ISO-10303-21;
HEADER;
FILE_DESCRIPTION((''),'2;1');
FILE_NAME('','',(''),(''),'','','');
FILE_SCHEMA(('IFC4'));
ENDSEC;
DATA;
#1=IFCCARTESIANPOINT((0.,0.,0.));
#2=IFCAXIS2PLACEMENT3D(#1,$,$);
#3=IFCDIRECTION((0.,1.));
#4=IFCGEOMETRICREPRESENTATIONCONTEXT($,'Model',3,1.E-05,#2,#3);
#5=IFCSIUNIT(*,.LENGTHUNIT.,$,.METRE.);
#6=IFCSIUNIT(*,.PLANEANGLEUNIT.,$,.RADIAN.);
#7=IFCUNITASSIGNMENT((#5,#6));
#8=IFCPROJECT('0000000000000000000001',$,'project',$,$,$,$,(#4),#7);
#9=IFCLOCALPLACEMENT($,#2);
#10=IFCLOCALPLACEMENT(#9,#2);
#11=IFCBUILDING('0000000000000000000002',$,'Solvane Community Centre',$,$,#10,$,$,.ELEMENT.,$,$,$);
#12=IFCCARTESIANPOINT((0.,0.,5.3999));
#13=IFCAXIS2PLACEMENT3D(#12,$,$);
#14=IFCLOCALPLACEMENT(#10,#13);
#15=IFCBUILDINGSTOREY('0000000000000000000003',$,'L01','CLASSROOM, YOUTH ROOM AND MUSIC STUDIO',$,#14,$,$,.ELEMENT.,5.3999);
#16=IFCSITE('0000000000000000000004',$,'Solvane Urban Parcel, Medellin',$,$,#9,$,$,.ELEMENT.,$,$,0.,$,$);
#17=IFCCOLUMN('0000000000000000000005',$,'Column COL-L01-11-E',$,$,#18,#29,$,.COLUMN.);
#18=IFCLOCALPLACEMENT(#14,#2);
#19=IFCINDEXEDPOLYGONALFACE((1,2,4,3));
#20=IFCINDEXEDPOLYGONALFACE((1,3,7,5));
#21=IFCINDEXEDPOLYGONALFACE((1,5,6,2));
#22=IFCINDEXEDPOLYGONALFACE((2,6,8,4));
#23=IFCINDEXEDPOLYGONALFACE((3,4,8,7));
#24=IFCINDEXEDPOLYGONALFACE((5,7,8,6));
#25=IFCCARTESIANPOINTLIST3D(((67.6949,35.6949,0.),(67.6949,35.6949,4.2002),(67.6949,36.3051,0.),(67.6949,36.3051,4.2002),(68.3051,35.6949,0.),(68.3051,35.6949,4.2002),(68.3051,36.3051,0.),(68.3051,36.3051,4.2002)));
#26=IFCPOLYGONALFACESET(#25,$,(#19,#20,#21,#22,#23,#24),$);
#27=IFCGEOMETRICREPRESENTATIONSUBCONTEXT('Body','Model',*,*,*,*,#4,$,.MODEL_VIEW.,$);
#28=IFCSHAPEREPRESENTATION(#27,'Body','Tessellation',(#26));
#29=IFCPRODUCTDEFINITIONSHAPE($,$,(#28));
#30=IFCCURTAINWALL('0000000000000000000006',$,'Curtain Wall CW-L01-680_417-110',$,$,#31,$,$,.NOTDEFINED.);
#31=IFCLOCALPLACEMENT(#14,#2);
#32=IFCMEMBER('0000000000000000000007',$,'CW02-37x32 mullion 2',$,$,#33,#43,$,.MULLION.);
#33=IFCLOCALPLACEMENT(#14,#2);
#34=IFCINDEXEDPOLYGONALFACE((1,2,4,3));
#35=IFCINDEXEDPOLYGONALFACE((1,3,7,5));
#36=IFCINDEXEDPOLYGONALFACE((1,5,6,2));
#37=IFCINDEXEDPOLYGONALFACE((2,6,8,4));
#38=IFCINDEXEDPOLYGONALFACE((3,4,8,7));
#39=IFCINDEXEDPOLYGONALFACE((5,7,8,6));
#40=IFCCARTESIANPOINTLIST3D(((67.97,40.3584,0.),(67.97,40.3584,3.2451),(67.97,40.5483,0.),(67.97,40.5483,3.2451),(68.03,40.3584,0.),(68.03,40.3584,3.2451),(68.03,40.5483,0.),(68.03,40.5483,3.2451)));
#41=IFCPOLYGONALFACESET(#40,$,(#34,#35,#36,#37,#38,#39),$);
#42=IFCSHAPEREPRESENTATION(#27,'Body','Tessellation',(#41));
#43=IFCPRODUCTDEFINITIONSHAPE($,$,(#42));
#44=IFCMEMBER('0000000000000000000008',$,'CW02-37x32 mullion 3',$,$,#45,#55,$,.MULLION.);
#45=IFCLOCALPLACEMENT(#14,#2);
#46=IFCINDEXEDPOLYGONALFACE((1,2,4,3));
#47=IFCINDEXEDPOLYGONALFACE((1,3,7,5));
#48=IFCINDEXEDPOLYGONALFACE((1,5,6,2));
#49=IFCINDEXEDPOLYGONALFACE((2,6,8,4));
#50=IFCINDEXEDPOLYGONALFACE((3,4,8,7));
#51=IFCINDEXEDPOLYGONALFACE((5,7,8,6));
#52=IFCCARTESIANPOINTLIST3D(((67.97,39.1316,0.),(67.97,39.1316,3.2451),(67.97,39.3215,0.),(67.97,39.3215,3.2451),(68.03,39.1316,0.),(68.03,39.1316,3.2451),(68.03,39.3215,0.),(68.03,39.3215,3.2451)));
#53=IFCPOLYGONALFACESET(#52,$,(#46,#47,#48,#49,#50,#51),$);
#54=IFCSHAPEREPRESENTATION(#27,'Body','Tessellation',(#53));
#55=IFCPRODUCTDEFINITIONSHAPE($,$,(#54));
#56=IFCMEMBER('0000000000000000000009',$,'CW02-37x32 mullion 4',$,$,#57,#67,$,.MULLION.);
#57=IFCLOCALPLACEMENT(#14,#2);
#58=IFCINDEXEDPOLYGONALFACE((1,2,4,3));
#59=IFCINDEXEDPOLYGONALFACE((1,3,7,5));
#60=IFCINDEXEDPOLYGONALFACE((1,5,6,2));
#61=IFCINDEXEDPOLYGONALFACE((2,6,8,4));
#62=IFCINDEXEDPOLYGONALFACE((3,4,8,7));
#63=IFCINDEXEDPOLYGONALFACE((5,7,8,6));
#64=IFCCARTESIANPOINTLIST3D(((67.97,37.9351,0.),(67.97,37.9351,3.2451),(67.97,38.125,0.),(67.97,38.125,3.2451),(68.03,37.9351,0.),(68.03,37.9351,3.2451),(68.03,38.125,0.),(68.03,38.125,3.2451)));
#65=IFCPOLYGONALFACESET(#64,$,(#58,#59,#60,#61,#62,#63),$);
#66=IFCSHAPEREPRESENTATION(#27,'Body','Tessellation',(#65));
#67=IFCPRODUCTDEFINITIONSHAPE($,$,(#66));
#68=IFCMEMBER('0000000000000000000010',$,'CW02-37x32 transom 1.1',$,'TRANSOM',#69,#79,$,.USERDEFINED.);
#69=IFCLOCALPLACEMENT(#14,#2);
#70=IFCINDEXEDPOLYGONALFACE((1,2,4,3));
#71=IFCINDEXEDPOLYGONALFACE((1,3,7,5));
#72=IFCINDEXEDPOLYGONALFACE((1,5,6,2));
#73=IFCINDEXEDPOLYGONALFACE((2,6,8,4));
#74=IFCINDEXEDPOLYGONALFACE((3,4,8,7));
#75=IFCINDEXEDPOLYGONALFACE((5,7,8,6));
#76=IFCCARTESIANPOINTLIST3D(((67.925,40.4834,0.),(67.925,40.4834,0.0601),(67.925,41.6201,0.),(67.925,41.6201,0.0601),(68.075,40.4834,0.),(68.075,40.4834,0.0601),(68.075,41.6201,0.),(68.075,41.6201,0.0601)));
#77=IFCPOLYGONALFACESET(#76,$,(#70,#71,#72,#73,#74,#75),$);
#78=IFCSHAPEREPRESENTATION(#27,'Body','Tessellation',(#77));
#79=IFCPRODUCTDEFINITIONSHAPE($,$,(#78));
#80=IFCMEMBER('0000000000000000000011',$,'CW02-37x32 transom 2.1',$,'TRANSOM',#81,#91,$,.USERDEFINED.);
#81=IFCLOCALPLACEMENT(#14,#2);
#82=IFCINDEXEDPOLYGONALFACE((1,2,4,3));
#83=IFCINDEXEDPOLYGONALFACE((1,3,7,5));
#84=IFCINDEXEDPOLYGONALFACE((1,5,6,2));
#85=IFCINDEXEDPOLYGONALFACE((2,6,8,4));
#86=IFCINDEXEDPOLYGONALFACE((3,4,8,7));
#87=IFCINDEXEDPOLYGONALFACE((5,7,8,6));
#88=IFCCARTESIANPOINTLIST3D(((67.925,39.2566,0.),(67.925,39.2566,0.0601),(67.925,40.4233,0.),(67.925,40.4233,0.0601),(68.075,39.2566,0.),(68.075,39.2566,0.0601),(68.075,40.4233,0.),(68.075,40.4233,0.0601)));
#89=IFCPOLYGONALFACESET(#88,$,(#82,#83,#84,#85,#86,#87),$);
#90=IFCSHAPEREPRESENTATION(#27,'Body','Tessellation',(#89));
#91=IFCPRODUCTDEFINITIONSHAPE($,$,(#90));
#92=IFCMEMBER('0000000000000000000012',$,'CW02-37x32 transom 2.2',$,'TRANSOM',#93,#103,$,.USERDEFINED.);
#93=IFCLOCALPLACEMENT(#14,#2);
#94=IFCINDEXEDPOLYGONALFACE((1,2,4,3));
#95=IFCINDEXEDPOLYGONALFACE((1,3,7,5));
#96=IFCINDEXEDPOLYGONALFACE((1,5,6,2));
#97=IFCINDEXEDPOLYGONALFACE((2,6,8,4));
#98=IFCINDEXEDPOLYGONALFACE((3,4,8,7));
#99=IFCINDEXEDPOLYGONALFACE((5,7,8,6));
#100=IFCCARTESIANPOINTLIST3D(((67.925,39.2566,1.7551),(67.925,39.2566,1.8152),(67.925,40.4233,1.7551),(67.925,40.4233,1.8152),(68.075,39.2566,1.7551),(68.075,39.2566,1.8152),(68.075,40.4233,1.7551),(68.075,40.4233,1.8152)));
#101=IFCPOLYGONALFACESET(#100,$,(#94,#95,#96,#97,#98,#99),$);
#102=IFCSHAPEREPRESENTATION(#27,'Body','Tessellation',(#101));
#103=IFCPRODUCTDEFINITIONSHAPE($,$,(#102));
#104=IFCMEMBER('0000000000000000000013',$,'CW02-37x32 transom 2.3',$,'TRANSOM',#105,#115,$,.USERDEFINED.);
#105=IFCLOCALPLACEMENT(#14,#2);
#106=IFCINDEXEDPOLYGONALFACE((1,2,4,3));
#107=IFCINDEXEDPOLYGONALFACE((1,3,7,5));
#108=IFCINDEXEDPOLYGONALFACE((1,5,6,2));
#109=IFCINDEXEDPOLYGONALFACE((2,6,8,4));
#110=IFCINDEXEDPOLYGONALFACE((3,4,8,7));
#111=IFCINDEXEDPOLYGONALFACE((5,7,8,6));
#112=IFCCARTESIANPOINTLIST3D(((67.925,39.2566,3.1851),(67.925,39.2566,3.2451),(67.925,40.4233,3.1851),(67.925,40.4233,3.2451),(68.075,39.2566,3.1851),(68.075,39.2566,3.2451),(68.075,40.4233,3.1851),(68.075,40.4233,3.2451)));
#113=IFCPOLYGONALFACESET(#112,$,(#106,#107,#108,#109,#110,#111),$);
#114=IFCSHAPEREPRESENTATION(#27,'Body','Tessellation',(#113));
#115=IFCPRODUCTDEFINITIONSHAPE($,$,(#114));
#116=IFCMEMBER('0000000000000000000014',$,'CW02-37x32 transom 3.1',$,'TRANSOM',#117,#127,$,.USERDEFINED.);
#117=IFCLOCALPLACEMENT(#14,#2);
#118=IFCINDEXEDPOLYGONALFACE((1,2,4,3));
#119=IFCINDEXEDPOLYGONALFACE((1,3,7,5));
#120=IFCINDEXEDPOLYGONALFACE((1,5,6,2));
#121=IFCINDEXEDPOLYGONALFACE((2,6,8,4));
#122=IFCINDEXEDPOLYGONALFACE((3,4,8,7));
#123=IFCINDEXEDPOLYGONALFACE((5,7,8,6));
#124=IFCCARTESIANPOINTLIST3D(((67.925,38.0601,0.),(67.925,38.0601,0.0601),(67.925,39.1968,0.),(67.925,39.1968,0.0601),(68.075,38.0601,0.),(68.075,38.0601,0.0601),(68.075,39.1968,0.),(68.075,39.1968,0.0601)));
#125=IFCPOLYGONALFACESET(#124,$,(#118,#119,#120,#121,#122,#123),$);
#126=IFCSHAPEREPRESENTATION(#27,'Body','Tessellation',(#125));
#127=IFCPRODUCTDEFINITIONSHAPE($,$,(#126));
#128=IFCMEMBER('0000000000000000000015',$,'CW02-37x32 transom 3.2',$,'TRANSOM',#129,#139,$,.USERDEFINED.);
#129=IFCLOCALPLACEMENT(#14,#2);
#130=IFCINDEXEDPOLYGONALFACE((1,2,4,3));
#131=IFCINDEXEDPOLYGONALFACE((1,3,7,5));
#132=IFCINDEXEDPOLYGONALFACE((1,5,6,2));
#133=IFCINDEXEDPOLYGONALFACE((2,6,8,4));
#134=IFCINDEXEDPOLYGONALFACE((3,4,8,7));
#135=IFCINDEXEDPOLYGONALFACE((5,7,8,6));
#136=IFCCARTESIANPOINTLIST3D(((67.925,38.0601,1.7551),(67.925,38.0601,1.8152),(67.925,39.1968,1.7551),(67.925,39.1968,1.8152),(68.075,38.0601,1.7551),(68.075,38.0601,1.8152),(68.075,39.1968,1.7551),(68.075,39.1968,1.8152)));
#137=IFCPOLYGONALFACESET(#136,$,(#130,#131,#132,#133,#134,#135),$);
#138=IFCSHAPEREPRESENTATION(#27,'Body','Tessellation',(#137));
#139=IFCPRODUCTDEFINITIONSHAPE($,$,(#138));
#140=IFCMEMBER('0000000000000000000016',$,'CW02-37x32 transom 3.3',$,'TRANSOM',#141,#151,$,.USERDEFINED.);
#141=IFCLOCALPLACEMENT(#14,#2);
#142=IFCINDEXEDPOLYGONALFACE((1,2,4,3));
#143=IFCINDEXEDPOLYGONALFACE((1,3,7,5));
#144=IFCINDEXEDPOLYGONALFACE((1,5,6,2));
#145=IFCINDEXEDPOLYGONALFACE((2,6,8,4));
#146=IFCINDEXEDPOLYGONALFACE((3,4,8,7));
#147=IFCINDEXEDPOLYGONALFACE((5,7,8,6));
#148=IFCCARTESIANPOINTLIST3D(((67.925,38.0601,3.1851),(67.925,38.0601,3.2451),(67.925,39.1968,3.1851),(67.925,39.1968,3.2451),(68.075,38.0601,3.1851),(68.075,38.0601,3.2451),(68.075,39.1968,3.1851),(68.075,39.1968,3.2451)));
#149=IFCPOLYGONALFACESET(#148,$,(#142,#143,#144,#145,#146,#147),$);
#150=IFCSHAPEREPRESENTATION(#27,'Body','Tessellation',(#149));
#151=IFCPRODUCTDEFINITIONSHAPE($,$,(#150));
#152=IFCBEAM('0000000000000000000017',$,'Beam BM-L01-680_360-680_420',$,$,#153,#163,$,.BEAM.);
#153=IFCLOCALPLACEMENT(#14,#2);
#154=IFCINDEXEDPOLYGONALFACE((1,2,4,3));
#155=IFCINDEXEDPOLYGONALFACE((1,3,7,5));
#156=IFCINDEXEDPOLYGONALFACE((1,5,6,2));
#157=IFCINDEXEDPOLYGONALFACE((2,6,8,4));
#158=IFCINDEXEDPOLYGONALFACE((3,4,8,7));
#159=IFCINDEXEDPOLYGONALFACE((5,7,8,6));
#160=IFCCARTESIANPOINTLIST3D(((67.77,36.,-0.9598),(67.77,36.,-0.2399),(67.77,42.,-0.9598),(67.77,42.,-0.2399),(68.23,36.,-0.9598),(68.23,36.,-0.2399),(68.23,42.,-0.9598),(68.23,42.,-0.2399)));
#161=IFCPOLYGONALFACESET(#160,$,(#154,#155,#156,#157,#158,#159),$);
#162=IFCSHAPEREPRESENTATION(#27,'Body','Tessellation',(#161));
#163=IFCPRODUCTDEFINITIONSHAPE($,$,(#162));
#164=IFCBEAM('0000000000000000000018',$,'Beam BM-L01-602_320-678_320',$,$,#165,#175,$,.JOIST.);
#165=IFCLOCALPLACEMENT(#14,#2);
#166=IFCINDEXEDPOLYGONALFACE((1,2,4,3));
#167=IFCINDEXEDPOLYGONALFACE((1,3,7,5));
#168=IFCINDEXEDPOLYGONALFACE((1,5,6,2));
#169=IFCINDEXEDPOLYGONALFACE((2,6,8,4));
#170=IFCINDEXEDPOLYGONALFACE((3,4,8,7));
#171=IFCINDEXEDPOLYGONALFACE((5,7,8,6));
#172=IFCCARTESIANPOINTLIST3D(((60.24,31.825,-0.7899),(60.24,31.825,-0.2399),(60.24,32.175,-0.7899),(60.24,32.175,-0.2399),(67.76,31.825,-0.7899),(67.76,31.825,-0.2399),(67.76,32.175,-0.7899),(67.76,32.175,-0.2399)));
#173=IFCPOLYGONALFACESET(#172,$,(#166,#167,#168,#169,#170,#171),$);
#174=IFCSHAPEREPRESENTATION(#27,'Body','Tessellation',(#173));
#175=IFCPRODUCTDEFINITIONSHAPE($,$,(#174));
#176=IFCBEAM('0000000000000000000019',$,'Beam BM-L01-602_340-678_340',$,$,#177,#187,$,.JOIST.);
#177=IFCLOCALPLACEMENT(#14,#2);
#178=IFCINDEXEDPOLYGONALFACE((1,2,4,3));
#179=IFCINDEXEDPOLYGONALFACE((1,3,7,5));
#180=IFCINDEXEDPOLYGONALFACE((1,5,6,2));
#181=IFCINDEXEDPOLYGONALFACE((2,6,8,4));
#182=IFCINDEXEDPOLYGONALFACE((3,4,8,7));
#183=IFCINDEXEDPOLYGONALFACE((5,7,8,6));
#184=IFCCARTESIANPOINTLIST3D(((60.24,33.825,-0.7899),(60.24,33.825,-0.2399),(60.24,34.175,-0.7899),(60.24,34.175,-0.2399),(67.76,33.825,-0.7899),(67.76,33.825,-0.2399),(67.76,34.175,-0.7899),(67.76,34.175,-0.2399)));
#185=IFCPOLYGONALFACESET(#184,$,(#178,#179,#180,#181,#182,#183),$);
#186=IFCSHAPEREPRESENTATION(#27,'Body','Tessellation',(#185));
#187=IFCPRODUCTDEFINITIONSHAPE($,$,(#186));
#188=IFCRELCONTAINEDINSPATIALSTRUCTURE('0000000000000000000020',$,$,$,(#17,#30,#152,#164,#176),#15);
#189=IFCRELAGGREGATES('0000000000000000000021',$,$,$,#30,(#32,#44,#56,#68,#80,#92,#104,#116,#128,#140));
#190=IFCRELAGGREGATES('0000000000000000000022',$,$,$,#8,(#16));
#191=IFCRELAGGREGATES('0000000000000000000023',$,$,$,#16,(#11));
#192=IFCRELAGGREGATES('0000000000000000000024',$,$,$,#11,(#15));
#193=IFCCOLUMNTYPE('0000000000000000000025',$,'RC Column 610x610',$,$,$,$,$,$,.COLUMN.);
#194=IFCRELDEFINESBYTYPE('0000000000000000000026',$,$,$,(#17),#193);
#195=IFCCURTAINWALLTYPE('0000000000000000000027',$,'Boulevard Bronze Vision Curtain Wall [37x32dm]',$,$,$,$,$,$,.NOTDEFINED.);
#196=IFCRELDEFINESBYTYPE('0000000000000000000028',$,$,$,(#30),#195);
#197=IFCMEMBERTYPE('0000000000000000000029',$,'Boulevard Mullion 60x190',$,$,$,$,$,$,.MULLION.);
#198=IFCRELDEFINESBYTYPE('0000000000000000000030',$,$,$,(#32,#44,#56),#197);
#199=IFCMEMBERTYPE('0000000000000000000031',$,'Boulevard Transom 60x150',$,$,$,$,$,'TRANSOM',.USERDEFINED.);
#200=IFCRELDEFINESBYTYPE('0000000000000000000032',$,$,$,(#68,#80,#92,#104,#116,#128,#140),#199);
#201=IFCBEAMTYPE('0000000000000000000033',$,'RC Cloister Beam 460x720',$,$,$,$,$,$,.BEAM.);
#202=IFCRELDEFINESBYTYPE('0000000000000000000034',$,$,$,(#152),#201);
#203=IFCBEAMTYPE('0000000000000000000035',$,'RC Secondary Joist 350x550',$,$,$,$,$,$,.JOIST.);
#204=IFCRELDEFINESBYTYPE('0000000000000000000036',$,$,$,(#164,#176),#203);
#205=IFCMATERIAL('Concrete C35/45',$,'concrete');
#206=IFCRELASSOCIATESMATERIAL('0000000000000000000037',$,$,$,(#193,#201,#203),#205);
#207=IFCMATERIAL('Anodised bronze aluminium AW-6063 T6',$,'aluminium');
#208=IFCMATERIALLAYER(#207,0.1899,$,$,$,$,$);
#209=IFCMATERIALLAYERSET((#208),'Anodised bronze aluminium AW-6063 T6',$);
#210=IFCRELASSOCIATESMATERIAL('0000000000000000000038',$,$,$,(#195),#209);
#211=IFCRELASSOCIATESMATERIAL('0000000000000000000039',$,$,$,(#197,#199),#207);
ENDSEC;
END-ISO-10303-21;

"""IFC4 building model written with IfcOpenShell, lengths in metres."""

from ifc_helpers import new_model, si_unit, direction, frame, origin, origin_2d, place, context, subcontext, project, spatial, rectangle, extrude, material, layer, layer_set, material_profile, profile_set, type_object, element, aggregate, save


model = new_model("IFC4")

# Units and contexts
model_context = context("Model", 3, precision=1e-05, world=origin(), true_north=direction((0.0, 1.0)))
body_context = subcontext(model_context, "Body", "Model", "MODEL_VIEW")
ifc_project = project(units=[si_unit("LENGTHUNIT", "METRE"), si_unit("PLANEANGLEUNIT", "RADIAN")], contexts=[model_context])

# Site, building, storey
site_placement = place(None, origin())
site = spatial("IfcSite", under=ifc_project, at=site_placement, Name="Solvane Urban Parcel, Medellin", CompositionType="ELEMENT", RefElevation=0.0)
building_placement = place(site_placement, origin())
building = spatial("IfcBuilding", under=site, at=building_placement, Name="Solvane Community Centre", CompositionType="ELEMENT")
storey_placement = place(building_placement, frame((0.0, 0.0, 5.3999)))
storey = spatial("IfcBuildingStorey", under=building, at=storey_placement, Name="L01", Description="CLASSROOM, YOUTH ROOM AND MUSIC STUDIO", CompositionType="ELEMENT", Elevation=5.3999)

# Column
ifc_material_1 = material(Name="Concrete C35/45", Category="concrete")
ifc_material_profile_1 = material_profile(ifc_material_1, rectangle(XDim=0.6101, YDim=0.6101, at=origin_2d()), Name="RC 610x610")
ifc_profile_set_1 = profile_set([ifc_material_profile_1], Name="Concrete C35/45")
column_type = type_object("IfcColumnType", Name="RC Column 610x610", PredefinedType="COLUMN", material=ifc_profile_set_1)
column_placement = place(storey_placement, frame((68.0, 36.0, 0.0), z_axis=(0.0, 0.0, 1.0), x_axis=(1.0, 0.0, 0.0)))
element("IfcColumn", 1, at=column_placement, inside=storey, type_object=column_type, Name="Column COL-L01-11-E", PredefinedType="COLUMN", context=body_context, shape_type="SweptSolid", body=[
    extrude(rectangle(XDim=0.6101, YDim=0.6101, at=origin_2d()), origin(), (0.0, 0.0, 1.0), 4.2002),
])

# Curtain wall, members
ifc_material_2 = material(Name="Anodised bronze aluminium AW-6063 T6", Category="aluminium")
ifc_layer_1 = layer(ifc_material_2, 0.1899)
ifc_layer_set_1 = layer_set([ifc_layer_1], Name="Anodised bronze aluminium AW-6063 T6")
curtain_wall_type = type_object("IfcCurtainWallType", Name="Boulevard Bronze Vision Curtain Wall [37x32dm]", PredefinedType="NOTDEFINED", material=ifc_layer_set_1)
curtain_wall_placement = place(storey_placement, origin())
curtain_wall = element("IfcCurtainWall", 2, at=curtain_wall_placement, inside=storey, type_object=curtain_wall_type, Name="Curtain Wall CW-L01-680_417-110", PredefinedType="NOTDEFINED")
ifc_material_profile_2 = material_profile(ifc_material_2, rectangle(XDim=0.0601, YDim=0.1899, at=origin_2d()), Name="CW-M 60x190")
ifc_profile_set_2 = profile_set([ifc_material_profile_2], Name="Anodised bronze aluminium AW-6063 T6")
member_type_1 = type_object("IfcMemberType", Name="Boulevard Mullion 60x190", PredefinedType="MULLION", material=ifc_profile_set_2)
member_1_placement = place(storey_placement, frame((68.0, 40.4534, 0.0), z_axis=(0.0, 0.0, 1.0), x_axis=(1.0, 0.0, 0.0)))
member_1 = element("IfcMember", 3, at=member_1_placement, type_object=member_type_1, Name="CW02-37x32 mullion 2", PredefinedType="MULLION", context=body_context, shape_type="SweptSolid", body=[
    extrude(rectangle(XDim=0.0601, YDim=0.1899, at=origin_2d()), origin(), (0.0, 0.0, 1.0), 3.2451),
])
member_2_placement = place(storey_placement, frame((68.0, 39.2266, 0.0), z_axis=(0.0, 0.0, 1.0), x_axis=(1.0, 0.0, 0.0)))
member_2 = element("IfcMember", 4, at=member_2_placement, type_object=member_type_1, Name="CW02-37x32 mullion 3", PredefinedType="MULLION", context=body_context, shape_type="SweptSolid", body=[
    extrude(rectangle(XDim=0.0601, YDim=0.1899, at=origin_2d()), origin(), (0.0, 0.0, 1.0), 3.2451),
])
member_3_placement = place(storey_placement, frame((68.0, 38.03, 0.0), z_axis=(0.0, 0.0, 1.0), x_axis=(1.0, 0.0, 0.0)))
member_3 = element("IfcMember", 5, at=member_3_placement, type_object=member_type_1, Name="CW02-37x32 mullion 4", PredefinedType="MULLION", context=body_context, shape_type="SweptSolid", body=[
    extrude(rectangle(XDim=0.0601, YDim=0.1899, at=origin_2d()), origin(), (0.0, 0.0, 1.0), 3.2451),
])
ifc_material_profile_3 = material_profile(ifc_material_2, rectangle(XDim=0.1499, YDim=0.0601, at=origin_2d()), Name="CW-T 60x150")
ifc_profile_set_3 = profile_set([ifc_material_profile_3], Name="Anodised bronze aluminium AW-6063 T6")
member_type_2 = type_object("IfcMemberType", Name="Boulevard Transom 60x150", ElementType="TRANSOM", PredefinedType="USERDEFINED", material=ifc_profile_set_3)
member_4_placement = place(storey_placement, frame((68.0, 41.6201, 0.03), z_axis=(0.0, -1.0, 0.0), x_axis=(1.0, 0.0, 0.0)))
member_4 = element("IfcMember", 6, at=member_4_placement, type_object=member_type_2, Name="CW02-37x32 transom 1.1", ObjectType="TRANSOM", PredefinedType="USERDEFINED", context=body_context, shape_type="SweptSolid", body=[
    extrude(rectangle(XDim=0.1499, YDim=0.0601, at=origin_2d()), origin(), (0.0, 0.0, 1.0), 1.1367),
])
member_5_placement = place(storey_placement, frame((68.0, 40.4233, 0.03), z_axis=(0.0, -1.0, 0.0), x_axis=(1.0, 0.0, 0.0)))
member_5 = element("IfcMember", 7, at=member_5_placement, type_object=member_type_2, Name="CW02-37x32 transom 2.1", ObjectType="TRANSOM", PredefinedType="USERDEFINED", context=body_context, shape_type="SweptSolid", body=[
    extrude(rectangle(XDim=0.1499, YDim=0.0601, at=origin_2d()), origin(), (0.0, 0.0, 1.0), 1.1667),
])
member_6_placement = place(storey_placement, frame((68.0, 40.4233, 1.7852), z_axis=(0.0, -1.0, 0.0), x_axis=(1.0, 0.0, 0.0)))
member_6 = element("IfcMember", 8, at=member_6_placement, type_object=member_type_2, Name="CW02-37x32 transom 2.2", ObjectType="TRANSOM", PredefinedType="USERDEFINED", context=body_context, shape_type="SweptSolid", body=[
    extrude(rectangle(XDim=0.1499, YDim=0.0601, at=origin_2d()), origin(), (0.0, 0.0, 1.0), 1.1667),
])
member_7_placement = place(storey_placement, frame((68.0, 40.4233, 3.2151), z_axis=(0.0, -1.0, 0.0), x_axis=(1.0, 0.0, 0.0)))
member_7 = element("IfcMember", 9, at=member_7_placement, type_object=member_type_2, Name="CW02-37x32 transom 2.3", ObjectType="TRANSOM", PredefinedType="USERDEFINED", context=body_context, shape_type="SweptSolid", body=[
    extrude(rectangle(XDim=0.1499, YDim=0.0601, at=origin_2d()), origin(), (0.0, 0.0, 1.0), 1.1667),
])
member_8_placement = place(storey_placement, frame((68.0, 39.1968, 0.03), z_axis=(0.0, -1.0, 0.0), x_axis=(1.0, 0.0, 0.0)))
member_8 = element("IfcMember", 10, at=member_8_placement, type_object=member_type_2, Name="CW02-37x32 transom 3.1", ObjectType="TRANSOM", PredefinedType="USERDEFINED", context=body_context, shape_type="SweptSolid", body=[
    extrude(rectangle(XDim=0.1499, YDim=0.0601, at=origin_2d()), origin(), (0.0, 0.0, 1.0), 1.1367),
])
member_9_placement = place(storey_placement, frame((68.0, 39.1968, 1.7852), z_axis=(0.0, -1.0, 0.0), x_axis=(1.0, 0.0, 0.0)))
member_9 = element("IfcMember", 11, at=member_9_placement, type_object=member_type_2, Name="CW02-37x32 transom 3.2", ObjectType="TRANSOM", PredefinedType="USERDEFINED", context=body_context, shape_type="SweptSolid", body=[
    extrude(rectangle(XDim=0.1499, YDim=0.0601, at=origin_2d()), origin(), (0.0, 0.0, 1.0), 1.1367),
])
member_10_placement = place(storey_placement, frame((68.0, 39.1968, 3.2151), z_axis=(0.0, -1.0, 0.0), x_axis=(1.0, 0.0, 0.0)))
member_10 = element("IfcMember", 12, at=member_10_placement, type_object=member_type_2, Name="CW02-37x32 transom 3.3", ObjectType="TRANSOM", PredefinedType="USERDEFINED", context=body_context, shape_type="SweptSolid", body=[
    extrude(rectangle(XDim=0.1499, YDim=0.0601, at=origin_2d()), origin(), (0.0, 0.0, 1.0), 1.1367),
])

# Beams
ifc_material_profile_4 = material_profile(ifc_material_1, rectangle(XDim=0.46, YDim=0.72, at=origin_2d()), Name="RC 460x720")
ifc_profile_set_4 = profile_set([ifc_material_profile_4], Name="Concrete C35/45")
beam_type_1 = type_object("IfcBeamType", Name="RC Cloister Beam 460x720", PredefinedType="BEAM", material=ifc_profile_set_4)
beam_placement = place(storey_placement, frame((68.0, 36.0, -0.5999), z_axis=(0.0, 1.0, 0.0), x_axis=(-1.0, 0.0, 0.0)))
element("IfcBeam", 13, at=beam_placement, inside=storey, type_object=beam_type_1, Name="Beam BM-L01-680_360-680_420", PredefinedType="BEAM", context=body_context, shape_type="SweptSolid", body=[
    extrude(rectangle(XDim=0.46, YDim=0.72, at=origin_2d()), origin(), (0.0, 0.0, 1.0), 6.0),
])
ifc_material_profile_5 = material_profile(ifc_material_1, rectangle(XDim=0.3501, YDim=0.55, at=origin_2d()), Name="RC 350x550")
ifc_profile_set_5 = profile_set([ifc_material_profile_5], Name="Concrete C35/45")
beam_type_2 = type_object("IfcBeamType", Name="RC Secondary Joist 350x550", PredefinedType="JOIST", material=ifc_profile_set_5)
for number, where, z_axis, x_axis, name in (
    (14, (60.24, 32.0, -0.5149), (1.0, 0.0, 0.0), (0.0, 1.0, 0.0), "Beam BM-L01-602_320-678_320"),
    (15, (60.24, 34.0, -0.5149), (1.0, 0.0, 0.0), (0.0, 1.0, 0.0), "Beam BM-L01-602_340-678_340"),
):
    element("IfcBeam", number, at=place(storey_placement, frame(where, z_axis=z_axis, x_axis=x_axis)), inside=storey, type_object=beam_type_2, Name=name, PredefinedType="JOIST", context=body_context, shape_type="SweptSolid", body=[
        extrude(rectangle(XDim=0.3501, YDim=0.55, at=origin_2d()), origin(), (0.0, 0.0, 1.0), 7.52),
    ])

aggregate(curtain_wall, [member_1, member_2, member_3, member_4, member_5, member_6, member_7, member_8, member_9, member_10])

save(model, "model.ifc")
